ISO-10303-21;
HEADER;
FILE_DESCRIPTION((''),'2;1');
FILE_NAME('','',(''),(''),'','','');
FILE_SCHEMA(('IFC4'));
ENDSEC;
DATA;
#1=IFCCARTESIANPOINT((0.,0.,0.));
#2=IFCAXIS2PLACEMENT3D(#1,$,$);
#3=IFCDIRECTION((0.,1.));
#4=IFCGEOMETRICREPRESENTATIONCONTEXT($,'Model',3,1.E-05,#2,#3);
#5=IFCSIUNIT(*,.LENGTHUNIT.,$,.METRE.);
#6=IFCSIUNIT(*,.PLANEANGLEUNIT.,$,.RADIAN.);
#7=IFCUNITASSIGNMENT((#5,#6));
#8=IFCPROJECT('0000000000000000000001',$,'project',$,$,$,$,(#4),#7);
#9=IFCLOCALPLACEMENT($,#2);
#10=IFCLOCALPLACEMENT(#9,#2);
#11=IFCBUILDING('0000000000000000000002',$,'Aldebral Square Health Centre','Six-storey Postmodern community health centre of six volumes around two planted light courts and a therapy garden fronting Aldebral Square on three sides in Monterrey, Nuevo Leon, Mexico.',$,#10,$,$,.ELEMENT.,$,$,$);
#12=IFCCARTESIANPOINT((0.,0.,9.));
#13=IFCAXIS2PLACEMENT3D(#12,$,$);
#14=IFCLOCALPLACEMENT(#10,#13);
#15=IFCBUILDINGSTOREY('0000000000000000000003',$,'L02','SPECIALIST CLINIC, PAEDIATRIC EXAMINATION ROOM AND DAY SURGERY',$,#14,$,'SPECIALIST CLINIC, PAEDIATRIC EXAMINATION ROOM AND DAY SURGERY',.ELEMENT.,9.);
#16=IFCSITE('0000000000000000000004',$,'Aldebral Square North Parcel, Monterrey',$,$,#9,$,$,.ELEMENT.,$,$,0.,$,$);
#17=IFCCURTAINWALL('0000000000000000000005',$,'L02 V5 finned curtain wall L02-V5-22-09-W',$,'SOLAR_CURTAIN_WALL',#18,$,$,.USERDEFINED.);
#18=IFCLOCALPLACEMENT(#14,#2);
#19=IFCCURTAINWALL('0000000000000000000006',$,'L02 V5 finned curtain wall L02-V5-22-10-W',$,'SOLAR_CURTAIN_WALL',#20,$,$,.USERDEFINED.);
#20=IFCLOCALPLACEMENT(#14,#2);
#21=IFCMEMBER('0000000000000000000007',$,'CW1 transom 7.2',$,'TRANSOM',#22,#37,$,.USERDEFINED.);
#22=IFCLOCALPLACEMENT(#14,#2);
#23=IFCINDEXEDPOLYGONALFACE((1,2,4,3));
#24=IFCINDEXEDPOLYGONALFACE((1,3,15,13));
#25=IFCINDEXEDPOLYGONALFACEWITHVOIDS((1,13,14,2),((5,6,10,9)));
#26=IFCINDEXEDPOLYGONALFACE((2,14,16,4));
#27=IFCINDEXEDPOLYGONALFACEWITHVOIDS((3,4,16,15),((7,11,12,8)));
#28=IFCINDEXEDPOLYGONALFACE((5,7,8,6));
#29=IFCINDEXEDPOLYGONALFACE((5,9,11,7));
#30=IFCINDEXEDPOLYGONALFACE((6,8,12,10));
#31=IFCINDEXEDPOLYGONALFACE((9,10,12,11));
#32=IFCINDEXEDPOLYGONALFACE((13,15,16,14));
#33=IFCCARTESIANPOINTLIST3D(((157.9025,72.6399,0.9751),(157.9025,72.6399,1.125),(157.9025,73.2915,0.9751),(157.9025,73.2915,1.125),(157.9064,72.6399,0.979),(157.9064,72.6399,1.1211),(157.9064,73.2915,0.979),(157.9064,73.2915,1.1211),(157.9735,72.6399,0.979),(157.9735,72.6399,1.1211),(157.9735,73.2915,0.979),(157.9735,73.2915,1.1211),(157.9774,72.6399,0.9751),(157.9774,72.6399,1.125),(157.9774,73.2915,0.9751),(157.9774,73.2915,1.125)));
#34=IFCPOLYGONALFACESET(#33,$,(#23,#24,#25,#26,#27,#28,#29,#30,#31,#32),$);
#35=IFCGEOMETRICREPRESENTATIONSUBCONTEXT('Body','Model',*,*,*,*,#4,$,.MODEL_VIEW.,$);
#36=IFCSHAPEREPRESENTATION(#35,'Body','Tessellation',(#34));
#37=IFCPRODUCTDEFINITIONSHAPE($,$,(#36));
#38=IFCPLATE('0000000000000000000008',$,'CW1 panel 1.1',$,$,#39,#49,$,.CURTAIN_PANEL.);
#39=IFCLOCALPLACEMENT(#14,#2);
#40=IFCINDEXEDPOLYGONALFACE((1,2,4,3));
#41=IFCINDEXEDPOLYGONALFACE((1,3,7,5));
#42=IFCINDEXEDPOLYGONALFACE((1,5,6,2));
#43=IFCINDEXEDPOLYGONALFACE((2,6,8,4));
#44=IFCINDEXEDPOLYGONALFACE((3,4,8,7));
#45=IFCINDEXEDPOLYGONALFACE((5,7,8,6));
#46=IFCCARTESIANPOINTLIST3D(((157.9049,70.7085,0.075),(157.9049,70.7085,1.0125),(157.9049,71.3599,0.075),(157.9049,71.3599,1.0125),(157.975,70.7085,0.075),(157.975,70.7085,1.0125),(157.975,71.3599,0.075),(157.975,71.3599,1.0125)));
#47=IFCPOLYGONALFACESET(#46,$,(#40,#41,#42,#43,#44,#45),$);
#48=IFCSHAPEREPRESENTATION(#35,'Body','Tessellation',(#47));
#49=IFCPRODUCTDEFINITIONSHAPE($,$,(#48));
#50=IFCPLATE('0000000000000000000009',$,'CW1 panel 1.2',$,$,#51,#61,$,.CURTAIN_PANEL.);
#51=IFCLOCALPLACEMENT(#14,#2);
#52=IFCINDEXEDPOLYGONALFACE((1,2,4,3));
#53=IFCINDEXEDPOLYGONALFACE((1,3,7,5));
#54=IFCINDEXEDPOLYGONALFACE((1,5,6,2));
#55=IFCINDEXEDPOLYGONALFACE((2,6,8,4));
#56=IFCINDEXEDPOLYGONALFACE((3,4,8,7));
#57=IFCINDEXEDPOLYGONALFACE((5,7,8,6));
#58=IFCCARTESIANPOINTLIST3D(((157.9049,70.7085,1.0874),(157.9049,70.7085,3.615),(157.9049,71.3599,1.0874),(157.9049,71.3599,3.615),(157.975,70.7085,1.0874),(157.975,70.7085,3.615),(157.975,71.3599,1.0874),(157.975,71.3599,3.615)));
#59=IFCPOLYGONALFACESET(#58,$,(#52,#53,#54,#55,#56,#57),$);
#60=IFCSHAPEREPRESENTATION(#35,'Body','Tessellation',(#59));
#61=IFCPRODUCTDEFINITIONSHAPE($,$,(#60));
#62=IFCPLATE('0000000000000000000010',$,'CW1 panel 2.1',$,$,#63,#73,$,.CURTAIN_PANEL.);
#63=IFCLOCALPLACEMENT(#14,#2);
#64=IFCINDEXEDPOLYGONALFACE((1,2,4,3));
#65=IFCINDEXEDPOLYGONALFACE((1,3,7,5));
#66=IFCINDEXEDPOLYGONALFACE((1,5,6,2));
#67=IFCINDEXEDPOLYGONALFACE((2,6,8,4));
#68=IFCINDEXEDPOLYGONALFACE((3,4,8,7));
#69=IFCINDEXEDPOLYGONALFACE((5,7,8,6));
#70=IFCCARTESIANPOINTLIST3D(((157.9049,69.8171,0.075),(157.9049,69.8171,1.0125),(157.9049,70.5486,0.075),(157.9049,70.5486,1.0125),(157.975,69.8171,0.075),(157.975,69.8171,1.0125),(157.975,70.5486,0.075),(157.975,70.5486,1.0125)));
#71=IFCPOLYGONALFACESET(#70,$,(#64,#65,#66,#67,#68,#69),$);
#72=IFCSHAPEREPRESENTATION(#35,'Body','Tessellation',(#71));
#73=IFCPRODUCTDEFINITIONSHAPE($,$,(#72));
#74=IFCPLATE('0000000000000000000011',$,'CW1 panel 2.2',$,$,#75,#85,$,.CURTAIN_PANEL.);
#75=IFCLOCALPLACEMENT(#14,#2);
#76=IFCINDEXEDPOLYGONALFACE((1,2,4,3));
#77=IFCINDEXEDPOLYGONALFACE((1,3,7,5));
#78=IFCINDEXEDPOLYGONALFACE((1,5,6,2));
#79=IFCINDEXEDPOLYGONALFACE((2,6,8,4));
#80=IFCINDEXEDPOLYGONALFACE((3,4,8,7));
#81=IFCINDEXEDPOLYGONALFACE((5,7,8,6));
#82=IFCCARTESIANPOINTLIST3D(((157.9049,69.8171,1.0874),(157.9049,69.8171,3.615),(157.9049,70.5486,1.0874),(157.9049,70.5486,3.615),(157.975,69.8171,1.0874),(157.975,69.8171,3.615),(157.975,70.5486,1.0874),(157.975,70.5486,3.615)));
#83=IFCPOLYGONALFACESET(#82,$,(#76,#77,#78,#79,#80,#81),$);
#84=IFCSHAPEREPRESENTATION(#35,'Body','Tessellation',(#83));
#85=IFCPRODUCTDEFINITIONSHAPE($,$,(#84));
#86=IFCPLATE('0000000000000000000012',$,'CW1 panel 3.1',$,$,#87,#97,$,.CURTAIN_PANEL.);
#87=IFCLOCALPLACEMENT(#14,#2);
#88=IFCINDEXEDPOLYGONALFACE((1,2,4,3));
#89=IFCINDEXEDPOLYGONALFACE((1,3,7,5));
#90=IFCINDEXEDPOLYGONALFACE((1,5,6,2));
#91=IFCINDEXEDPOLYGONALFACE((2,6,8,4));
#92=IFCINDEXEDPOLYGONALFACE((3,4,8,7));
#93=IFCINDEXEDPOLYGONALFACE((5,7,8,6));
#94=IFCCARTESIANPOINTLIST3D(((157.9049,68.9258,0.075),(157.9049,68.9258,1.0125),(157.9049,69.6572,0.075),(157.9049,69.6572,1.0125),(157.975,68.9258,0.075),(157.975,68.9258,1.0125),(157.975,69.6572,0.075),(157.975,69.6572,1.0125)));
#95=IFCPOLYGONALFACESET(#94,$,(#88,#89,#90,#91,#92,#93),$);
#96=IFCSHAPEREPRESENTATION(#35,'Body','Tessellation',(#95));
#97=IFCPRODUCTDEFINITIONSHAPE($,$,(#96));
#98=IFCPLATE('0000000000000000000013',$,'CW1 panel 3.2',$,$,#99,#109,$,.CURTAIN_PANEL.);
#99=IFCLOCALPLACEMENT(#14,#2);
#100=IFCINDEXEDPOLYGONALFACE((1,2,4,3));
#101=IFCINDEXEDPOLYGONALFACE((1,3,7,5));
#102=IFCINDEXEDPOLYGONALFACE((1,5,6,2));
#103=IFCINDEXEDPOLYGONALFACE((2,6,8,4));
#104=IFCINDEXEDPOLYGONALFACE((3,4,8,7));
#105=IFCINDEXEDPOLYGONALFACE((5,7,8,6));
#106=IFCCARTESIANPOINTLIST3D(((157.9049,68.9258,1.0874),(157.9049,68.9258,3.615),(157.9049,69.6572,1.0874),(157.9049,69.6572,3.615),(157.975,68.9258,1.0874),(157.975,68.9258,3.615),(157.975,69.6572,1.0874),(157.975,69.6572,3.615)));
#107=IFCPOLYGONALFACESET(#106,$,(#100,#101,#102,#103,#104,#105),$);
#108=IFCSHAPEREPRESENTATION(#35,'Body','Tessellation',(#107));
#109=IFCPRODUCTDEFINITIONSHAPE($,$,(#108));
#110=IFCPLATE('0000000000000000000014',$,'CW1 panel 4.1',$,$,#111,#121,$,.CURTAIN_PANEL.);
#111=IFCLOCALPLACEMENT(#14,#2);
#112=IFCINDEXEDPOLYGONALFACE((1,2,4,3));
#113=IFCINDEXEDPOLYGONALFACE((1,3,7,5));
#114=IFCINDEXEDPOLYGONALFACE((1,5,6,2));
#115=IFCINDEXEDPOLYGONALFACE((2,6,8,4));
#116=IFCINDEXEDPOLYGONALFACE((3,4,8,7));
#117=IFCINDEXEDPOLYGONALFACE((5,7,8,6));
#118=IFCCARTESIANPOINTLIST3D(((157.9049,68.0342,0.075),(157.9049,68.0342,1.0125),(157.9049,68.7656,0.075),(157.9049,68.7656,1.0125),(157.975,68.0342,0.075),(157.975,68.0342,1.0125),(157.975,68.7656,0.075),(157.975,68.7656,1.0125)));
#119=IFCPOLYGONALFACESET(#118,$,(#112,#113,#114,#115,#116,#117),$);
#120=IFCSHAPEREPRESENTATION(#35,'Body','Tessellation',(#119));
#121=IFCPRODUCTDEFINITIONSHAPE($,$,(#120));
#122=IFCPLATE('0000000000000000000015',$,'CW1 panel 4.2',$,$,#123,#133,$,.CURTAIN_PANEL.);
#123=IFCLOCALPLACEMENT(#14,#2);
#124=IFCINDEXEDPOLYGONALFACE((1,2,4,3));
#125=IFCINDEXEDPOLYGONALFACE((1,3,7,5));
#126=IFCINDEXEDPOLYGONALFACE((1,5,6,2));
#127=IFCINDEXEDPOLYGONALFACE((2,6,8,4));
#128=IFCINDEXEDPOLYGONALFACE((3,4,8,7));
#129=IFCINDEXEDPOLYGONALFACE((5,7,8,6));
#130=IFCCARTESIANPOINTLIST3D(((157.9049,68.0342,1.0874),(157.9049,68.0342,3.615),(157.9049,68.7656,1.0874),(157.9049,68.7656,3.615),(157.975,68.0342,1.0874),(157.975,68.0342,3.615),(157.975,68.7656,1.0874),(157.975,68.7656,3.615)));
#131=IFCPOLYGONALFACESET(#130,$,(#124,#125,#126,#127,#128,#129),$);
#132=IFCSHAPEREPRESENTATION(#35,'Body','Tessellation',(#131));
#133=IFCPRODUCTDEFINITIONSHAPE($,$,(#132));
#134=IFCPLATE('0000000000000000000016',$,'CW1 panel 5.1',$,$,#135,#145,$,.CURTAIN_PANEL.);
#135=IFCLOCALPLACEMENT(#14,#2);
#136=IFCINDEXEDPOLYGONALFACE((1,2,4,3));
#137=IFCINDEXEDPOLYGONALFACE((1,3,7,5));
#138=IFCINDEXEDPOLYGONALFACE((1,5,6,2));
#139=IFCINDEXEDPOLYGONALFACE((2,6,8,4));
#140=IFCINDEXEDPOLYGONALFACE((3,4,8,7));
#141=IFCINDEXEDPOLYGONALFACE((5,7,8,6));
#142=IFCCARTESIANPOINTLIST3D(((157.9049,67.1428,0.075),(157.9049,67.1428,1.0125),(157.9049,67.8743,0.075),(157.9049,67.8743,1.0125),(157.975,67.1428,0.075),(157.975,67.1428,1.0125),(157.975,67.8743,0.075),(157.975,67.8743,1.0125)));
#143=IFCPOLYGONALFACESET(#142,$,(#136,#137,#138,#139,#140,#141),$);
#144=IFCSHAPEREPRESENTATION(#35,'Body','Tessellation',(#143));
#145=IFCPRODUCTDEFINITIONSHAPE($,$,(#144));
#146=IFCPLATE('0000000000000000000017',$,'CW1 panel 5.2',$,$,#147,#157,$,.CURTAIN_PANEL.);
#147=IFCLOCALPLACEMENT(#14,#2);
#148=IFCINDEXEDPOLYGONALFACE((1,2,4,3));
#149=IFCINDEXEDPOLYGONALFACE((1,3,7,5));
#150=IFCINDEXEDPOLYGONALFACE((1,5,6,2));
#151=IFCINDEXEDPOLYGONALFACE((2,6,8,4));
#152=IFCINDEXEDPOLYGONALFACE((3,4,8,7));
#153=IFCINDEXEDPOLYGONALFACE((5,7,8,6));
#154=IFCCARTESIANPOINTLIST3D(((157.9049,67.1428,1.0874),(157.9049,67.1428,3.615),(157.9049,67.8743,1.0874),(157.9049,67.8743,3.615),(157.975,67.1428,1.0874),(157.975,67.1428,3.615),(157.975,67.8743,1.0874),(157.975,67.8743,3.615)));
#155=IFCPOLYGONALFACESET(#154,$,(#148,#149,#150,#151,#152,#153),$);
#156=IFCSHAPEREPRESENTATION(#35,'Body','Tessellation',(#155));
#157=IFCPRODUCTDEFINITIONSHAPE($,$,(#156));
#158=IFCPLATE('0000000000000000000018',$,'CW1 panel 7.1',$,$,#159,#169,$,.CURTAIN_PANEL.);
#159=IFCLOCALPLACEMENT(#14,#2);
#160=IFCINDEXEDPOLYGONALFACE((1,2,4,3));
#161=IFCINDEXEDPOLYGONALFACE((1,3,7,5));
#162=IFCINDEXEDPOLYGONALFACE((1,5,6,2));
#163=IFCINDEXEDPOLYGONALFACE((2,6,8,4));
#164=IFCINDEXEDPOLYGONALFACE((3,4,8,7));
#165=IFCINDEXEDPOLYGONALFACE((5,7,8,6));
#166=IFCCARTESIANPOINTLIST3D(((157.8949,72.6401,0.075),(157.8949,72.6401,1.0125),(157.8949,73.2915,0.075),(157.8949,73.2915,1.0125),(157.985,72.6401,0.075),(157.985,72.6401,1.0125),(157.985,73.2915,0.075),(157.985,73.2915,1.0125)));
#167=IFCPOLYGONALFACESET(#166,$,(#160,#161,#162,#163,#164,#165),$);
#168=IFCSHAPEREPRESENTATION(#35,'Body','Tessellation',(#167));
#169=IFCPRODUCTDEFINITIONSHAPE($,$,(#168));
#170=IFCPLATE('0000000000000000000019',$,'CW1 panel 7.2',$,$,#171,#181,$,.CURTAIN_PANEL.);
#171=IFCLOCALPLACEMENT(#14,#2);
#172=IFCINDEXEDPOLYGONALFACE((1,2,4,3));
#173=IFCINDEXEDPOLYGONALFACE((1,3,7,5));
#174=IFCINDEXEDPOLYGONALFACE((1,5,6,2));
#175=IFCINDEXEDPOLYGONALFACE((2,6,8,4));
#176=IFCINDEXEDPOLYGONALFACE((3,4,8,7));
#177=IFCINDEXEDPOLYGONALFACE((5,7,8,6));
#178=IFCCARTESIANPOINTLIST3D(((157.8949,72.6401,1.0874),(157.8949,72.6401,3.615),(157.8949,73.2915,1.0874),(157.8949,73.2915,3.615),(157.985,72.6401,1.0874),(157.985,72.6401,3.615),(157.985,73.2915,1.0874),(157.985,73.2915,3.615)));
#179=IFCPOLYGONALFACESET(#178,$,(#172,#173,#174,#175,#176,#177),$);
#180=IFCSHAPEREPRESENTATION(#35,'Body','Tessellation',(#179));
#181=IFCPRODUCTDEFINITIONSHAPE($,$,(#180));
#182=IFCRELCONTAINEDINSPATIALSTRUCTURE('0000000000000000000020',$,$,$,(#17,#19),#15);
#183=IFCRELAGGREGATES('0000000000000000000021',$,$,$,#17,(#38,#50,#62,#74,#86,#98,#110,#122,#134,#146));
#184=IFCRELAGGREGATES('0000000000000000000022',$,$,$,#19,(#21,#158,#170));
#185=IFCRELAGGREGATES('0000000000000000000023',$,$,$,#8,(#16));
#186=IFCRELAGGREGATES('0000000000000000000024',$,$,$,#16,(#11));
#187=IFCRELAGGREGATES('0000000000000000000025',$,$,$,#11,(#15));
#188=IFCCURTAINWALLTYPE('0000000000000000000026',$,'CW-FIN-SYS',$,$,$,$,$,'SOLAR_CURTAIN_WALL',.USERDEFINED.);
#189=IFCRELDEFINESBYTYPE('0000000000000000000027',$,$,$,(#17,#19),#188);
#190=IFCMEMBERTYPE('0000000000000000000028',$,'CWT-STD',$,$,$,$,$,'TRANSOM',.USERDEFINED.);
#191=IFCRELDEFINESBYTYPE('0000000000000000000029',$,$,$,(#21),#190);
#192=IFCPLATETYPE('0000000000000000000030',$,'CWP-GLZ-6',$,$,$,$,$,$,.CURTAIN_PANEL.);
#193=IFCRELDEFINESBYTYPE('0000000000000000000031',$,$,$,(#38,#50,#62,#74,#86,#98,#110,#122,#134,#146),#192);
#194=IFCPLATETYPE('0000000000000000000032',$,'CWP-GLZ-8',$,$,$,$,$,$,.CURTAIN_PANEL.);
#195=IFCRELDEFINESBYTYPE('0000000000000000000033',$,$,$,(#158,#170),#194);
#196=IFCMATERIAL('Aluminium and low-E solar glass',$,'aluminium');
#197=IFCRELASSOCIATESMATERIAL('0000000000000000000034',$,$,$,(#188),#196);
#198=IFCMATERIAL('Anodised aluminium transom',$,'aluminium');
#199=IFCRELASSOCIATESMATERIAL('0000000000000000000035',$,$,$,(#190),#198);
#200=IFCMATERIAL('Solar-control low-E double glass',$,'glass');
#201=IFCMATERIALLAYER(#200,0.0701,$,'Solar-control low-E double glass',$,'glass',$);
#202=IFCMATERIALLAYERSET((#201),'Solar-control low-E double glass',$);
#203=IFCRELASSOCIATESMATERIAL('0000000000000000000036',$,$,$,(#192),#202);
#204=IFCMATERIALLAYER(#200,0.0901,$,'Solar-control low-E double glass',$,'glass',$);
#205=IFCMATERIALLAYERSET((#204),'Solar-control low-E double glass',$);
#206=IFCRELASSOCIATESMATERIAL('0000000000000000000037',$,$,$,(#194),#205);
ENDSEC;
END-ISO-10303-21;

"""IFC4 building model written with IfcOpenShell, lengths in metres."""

from ifc_helpers import new_model, si_unit, direction, frame, origin, origin_2d, place, context, subcontext, project, spatial, rectangle, hollow_rectangle, extrude, material, layer, layer_set, material_profile, profile_set, type_object, element, aggregate, save


model = new_model("IFC4")

# Units and contexts
model_context = context("Model", 3, precision=1e-05, world=origin(), true_north=direction((0.0, 1.0)))
body_context = subcontext(model_context, "Body", "Model", "MODEL_VIEW")
ifc_project = project(units=[si_unit("LENGTHUNIT", "METRE"), si_unit("PLANEANGLEUNIT", "RADIAN")], contexts=[model_context])

# Site, building, storey
site_placement = place(None, origin())
site = spatial("IfcSite", under=ifc_project, at=site_placement, Name="Aldebral Square North Parcel, Monterrey", CompositionType="ELEMENT", RefElevation=0.0)
building_placement = place(site_placement, origin())
building = spatial("IfcBuilding", under=site, at=building_placement, Name="Aldebral Square Health Centre", Description="Six-storey Postmodern community health centre of six volumes around two planted light courts and a therapy garden fronting Aldebral Square on three sides in Monterrey, Nuevo Leon, Mexico.", CompositionType="ELEMENT")
storey_placement = place(building_placement, frame((0.0, 0.0, 9.0)))
storey = spatial("IfcBuildingStorey", under=building, at=storey_placement, Name="L02", Description="SPECIALIST CLINIC, PAEDIATRIC EXAMINATION ROOM AND DAY SURGERY", LongName="SPECIALIST CLINIC, PAEDIATRIC EXAMINATION ROOM AND DAY SURGERY", CompositionType="ELEMENT", Elevation=9.0)

# Curtain wall
ifc_material_1 = material(Name="Aluminium and low-E solar glass", Category="aluminium")
curtain_wall_type = type_object("IfcCurtainWallType", Name="CW-FIN-SYS", ElementType="SOLAR_CURTAIN_WALL", PredefinedType="USERDEFINED", material=ifc_material_1)
curtain_wall_1_placement = place(storey_placement, origin())
curtain_wall_1 = element("IfcCurtainWall", 1, at=curtain_wall_1_placement, inside=storey, type_object=curtain_wall_type, Name="L02 V5 finned curtain wall L02-V5-22-09-W", ObjectType="SOLAR_CURTAIN_WALL", PredefinedType="USERDEFINED")

# Curtain wall
curtain_wall_2_placement = place(storey_placement, origin())
curtain_wall_2 = element("IfcCurtainWall", 2, at=curtain_wall_2_placement, inside=storey, type_object=curtain_wall_type, Name="L02 V5 finned curtain wall L02-V5-22-10-W", ObjectType="SOLAR_CURTAIN_WALL", PredefinedType="USERDEFINED")

# Member
ifc_material_2 = material(Name="Anodised aluminium transom", Category="aluminium")
ifc_material_profile_1 = material_profile(ifc_material_2, hollow_rectangle(XDim=0.075, YDim=0.1499, WallThickness=0.0039, at=origin_2d()), Name="CWT 75x150x4")
ifc_profile_set_1 = profile_set([ifc_material_profile_1], Name="Anodised aluminium transom")
member_type_1 = type_object("IfcMemberType", Name="CWT-STD", ElementType="TRANSOM", PredefinedType="USERDEFINED", material=ifc_profile_set_1)
member_1_placement = place(storey_placement, frame((157.9399, 73.2915, 1.05), z_axis=(0.0, -1.0, 0.0), x_axis=(1.0, 0.0, 0.0)))
member_1 = element("IfcMember", 3, at=member_1_placement, type_object=member_type_1, Name="CW1 transom 7.2", ObjectType="TRANSOM", PredefinedType="USERDEFINED", context=body_context, shape_type="SweptSolid", body=[
    extrude(hollow_rectangle(XDim=0.075, YDim=0.1499, WallThickness=0.0039, at=origin_2d()), origin(), (0.0, 0.0, 1.0), 0.6516),
])

# Plates
ifc_material_3 = material(Name="Solar-control low-E double glass", Category="glass")
ifc_layer_1 = layer(ifc_material_3, 0.0701, Name="Solar-control low-E double glass", Category="glass")
ifc_layer_set_1 = layer_set([ifc_layer_1], Name="Solar-control low-E double glass")
plate_type_1 = type_object("IfcPlateType", Name="CWP-GLZ-6", PredefinedType="CURTAIN_PANEL", material=ifc_layer_set_1)
plate_1_placement = place(storey_placement, frame((157.9399, 71.0342, 0.075), z_axis=(0.0, 0.0, 1.0), x_axis=(0.0, -1.0, 0.0)))
plate_1 = element("IfcPlate", 4, at=plate_1_placement, type_object=plate_type_1, Name="CW1 panel 1.1", PredefinedType="CURTAIN_PANEL", context=body_context, shape_type="SweptSolid", body=[
    extrude(rectangle(XDim=0.6514, YDim=0.0701, at=origin_2d()), origin(), (0.0, 0.0, 1.0), 0.9375),
])
plate_2_placement = place(storey_placement, frame((157.9399, 71.0342, 1.0874), z_axis=(0.0, 0.0, 1.0), x_axis=(0.0, -1.0, 0.0)))
plate_2 = element("IfcPlate", 5, at=plate_2_placement, type_object=plate_type_1, Name="CW1 panel 1.2", PredefinedType="CURTAIN_PANEL", context=body_context, shape_type="SweptSolid", body=[
    extrude(rectangle(XDim=0.6514, YDim=0.0701, at=origin_2d()), origin(), (0.0, 0.0, 1.0), 2.5276),
])
plate_3_placement = place(storey_placement, frame((157.9399, 70.1829, 0.075), z_axis=(0.0, 0.0, 1.0), x_axis=(0.0, -1.0, 0.0)))
plate_3 = element("IfcPlate", 6, at=plate_3_placement, type_object=plate_type_1, Name="CW1 panel 2.1", PredefinedType="CURTAIN_PANEL", context=body_context, shape_type="SweptSolid", body=[
    extrude(rectangle(XDim=0.7314, YDim=0.0701, at=origin_2d()), origin(), (0.0, 0.0, 1.0), 0.9375),
])
plate_4_placement = place(storey_placement, frame((157.9399, 70.1829, 1.0874), z_axis=(0.0, 0.0, 1.0), x_axis=(0.0, -1.0, 0.0)))
plate_4 = element("IfcPlate", 7, at=plate_4_placement, type_object=plate_type_1, Name="CW1 panel 2.2", PredefinedType="CURTAIN_PANEL", context=body_context, shape_type="SweptSolid", body=[
    extrude(rectangle(XDim=0.7314, YDim=0.0701, at=origin_2d()), origin(), (0.0, 0.0, 1.0), 2.5276),
])
plate_5_placement = place(storey_placement, frame((157.9399, 69.2915, 0.075), z_axis=(0.0, 0.0, 1.0), x_axis=(0.0, -1.0, 0.0)))
plate_5 = element("IfcPlate", 8, at=plate_5_placement, type_object=plate_type_1, Name="CW1 panel 3.1", PredefinedType="CURTAIN_PANEL", context=body_context, shape_type="SweptSolid", body=[
    extrude(rectangle(XDim=0.7314, YDim=0.0701, at=origin_2d()), origin(), (0.0, 0.0, 1.0), 0.9375),
])
plate_6_placement = place(storey_placement, frame((157.9399, 69.2915, 1.0874), z_axis=(0.0, 0.0, 1.0), x_axis=(0.0, -1.0, 0.0)))
plate_6 = element("IfcPlate", 9, at=plate_6_placement, type_object=plate_type_1, Name="CW1 panel 3.2", PredefinedType="CURTAIN_PANEL", context=body_context, shape_type="SweptSolid", body=[
    extrude(rectangle(XDim=0.7314, YDim=0.0701, at=origin_2d()), origin(), (0.0, 0.0, 1.0), 2.5276),
])
plate_7_placement = place(storey_placement, frame((157.9399, 68.3999, 0.075), z_axis=(0.0, 0.0, 1.0), x_axis=(0.0, -1.0, 0.0)))
plate_7 = element("IfcPlate", 10, at=plate_7_placement, type_object=plate_type_1, Name="CW1 panel 4.1", PredefinedType="CURTAIN_PANEL", context=body_context, shape_type="SweptSolid", body=[
    extrude(rectangle(XDim=0.7314, YDim=0.0701, at=origin_2d()), origin(), (0.0, 0.0, 1.0), 0.9375),
])
plate_8_placement = place(storey_placement, frame((157.9399, 68.3999, 1.0874), z_axis=(0.0, 0.0, 1.0), x_axis=(0.0, -1.0, 0.0)))
plate_8 = element("IfcPlate", 11, at=plate_8_placement, type_object=plate_type_1, Name="CW1 panel 4.2", PredefinedType="CURTAIN_PANEL", context=body_context, shape_type="SweptSolid", body=[
    extrude(rectangle(XDim=0.7314, YDim=0.0701, at=origin_2d()), origin(), (0.0, 0.0, 1.0), 2.5276),
])
plate_9_placement = place(storey_placement, frame((157.9399, 67.5085, 0.075), z_axis=(0.0, 0.0, 1.0), x_axis=(0.0, -1.0, 0.0)))
plate_9 = element("IfcPlate", 12, at=plate_9_placement, type_object=plate_type_1, Name="CW1 panel 5.1", PredefinedType="CURTAIN_PANEL", context=body_context, shape_type="SweptSolid", body=[
    extrude(rectangle(XDim=0.7314, YDim=0.0701, at=origin_2d()), origin(), (0.0, 0.0, 1.0), 0.9375),
])
plate_10_placement = place(storey_placement, frame((157.9399, 67.5085, 1.0874), z_axis=(0.0, 0.0, 1.0), x_axis=(0.0, -1.0, 0.0)))
plate_10 = element("IfcPlate", 13, at=plate_10_placement, type_object=plate_type_1, Name="CW1 panel 5.2", PredefinedType="CURTAIN_PANEL", context=body_context, shape_type="SweptSolid", body=[
    extrude(rectangle(XDim=0.7314, YDim=0.0701, at=origin_2d()), origin(), (0.0, 0.0, 1.0), 2.5276),
])
aggregate(curtain_wall_1, [plate_1, plate_2, plate_3, plate_4, plate_5, plate_6, plate_7, plate_8, plate_9, plate_10])
ifc_layer_2 = layer(ifc_material_3, 0.0901, Name="Solar-control low-E double glass", Category="glass")
ifc_layer_set_2 = layer_set([ifc_layer_2], Name="Solar-control low-E double glass")
plate_type_2 = type_object("IfcPlateType", Name="CWP-GLZ-8", PredefinedType="CURTAIN_PANEL", material=ifc_layer_set_2)
plate_11_placement = place(storey_placement, frame((157.9399, 72.9658, 0.075), z_axis=(0.0, 0.0, 1.0), x_axis=(0.0, -1.0, 0.0)))
plate_11 = element("IfcPlate", 14, at=plate_11_placement, type_object=plate_type_2, Name="CW1 panel 7.1", PredefinedType="CURTAIN_PANEL", context=body_context, shape_type="SweptSolid", body=[
    extrude(rectangle(XDim=0.6514, YDim=0.0901, at=origin_2d()), origin(), (0.0, 0.0, 1.0), 0.9375),
])
plate_12_placement = place(storey_placement, frame((157.9399, 72.9658, 1.0874), z_axis=(0.0, 0.0, 1.0), x_axis=(0.0, -1.0, 0.0)))
plate_12 = element("IfcPlate", 15, at=plate_12_placement, type_object=plate_type_2, Name="CW1 panel 7.2", PredefinedType="CURTAIN_PANEL", context=body_context, shape_type="SweptSolid", body=[
    extrude(rectangle(XDim=0.6514, YDim=0.0901, at=origin_2d()), origin(), (0.0, 0.0, 1.0), 2.5276),
])
aggregate(curtain_wall_2, [member_1, plate_11, plate_12])

save(model, "model.ifc")
